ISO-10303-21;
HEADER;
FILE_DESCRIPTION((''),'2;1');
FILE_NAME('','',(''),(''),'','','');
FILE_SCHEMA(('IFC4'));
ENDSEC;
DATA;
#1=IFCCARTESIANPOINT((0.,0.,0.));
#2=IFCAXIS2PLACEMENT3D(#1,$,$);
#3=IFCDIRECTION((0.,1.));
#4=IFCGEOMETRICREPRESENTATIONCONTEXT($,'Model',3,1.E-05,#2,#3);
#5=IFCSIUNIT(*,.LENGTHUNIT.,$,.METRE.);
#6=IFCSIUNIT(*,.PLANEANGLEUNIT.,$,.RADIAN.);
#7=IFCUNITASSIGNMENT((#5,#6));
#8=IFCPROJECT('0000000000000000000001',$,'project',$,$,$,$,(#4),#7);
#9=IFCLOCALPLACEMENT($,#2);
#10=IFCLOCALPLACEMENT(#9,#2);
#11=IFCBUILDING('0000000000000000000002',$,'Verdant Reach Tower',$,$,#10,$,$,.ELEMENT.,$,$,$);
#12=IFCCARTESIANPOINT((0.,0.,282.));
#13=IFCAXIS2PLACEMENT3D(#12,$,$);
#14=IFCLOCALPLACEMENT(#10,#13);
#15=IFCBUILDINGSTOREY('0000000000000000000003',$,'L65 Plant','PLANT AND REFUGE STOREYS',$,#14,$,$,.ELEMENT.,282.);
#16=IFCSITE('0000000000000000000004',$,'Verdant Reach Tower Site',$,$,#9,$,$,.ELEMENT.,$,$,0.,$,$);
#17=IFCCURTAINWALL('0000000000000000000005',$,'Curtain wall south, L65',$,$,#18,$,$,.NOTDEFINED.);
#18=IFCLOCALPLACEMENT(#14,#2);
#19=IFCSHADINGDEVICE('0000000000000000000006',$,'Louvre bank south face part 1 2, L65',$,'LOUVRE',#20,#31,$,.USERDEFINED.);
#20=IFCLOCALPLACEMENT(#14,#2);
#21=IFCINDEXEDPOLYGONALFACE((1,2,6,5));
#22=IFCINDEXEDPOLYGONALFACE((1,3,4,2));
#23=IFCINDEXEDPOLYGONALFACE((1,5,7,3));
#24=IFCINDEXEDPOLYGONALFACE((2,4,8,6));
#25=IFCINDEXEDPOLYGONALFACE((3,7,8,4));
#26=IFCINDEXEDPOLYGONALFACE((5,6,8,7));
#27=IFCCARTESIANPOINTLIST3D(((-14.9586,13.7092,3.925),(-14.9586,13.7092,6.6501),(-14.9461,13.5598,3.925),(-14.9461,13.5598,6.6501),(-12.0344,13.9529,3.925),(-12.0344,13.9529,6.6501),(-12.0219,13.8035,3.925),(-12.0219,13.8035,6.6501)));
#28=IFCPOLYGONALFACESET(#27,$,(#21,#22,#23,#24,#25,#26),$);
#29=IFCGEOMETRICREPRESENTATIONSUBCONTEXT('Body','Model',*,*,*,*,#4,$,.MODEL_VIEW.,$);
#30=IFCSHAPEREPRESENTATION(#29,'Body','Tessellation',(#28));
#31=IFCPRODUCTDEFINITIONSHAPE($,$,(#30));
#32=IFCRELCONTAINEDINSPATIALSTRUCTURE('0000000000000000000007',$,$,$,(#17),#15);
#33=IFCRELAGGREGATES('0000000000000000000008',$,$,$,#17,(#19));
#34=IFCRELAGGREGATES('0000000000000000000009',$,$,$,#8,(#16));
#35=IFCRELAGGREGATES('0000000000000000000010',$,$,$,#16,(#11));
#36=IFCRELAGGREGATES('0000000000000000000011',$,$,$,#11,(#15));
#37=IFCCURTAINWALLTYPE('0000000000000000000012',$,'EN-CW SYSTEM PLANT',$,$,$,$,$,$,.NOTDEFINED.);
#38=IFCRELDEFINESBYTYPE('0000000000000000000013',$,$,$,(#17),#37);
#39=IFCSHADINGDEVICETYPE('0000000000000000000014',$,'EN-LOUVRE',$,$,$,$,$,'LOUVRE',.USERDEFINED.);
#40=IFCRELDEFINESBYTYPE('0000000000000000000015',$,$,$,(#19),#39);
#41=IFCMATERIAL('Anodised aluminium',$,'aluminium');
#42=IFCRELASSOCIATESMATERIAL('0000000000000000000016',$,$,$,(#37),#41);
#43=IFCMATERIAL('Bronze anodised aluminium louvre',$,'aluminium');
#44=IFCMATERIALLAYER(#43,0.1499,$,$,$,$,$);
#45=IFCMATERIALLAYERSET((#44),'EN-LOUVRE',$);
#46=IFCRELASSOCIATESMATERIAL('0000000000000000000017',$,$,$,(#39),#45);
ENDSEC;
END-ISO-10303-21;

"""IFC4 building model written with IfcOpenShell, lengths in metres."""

from ifc_helpers import new_model, si_unit, direction, frame, origin, origin_2d, place, context, subcontext, project, spatial, rectangle, extrude, material, layer, layer_set, type_object, element, aggregate, save


model = new_model("IFC4")

# Units and contexts
model_context = context("Model", 3, precision=1e-05, world=origin(), true_north=direction((0.0, 1.0)))
body_context = subcontext(model_context, "Body", "Model", "MODEL_VIEW")
ifc_project = project(units=[si_unit("LENGTHUNIT", "METRE"), si_unit("PLANEANGLEUNIT", "RADIAN")], contexts=[model_context])

# Site, building, storey
site_placement = place(None, origin())
site = spatial("IfcSite", under=ifc_project, at=site_placement, Name="Verdant Reach Tower Site", CompositionType="ELEMENT", RefElevation=0.0)
building_placement = place(site_placement, origin())
building = spatial("IfcBuilding", under=site, at=building_placement, Name="Verdant Reach Tower", CompositionType="ELEMENT")
storey_placement = place(building_placement, frame((0.0, 0.0, 282.0)))
storey = spatial("IfcBuildingStorey", under=building, at=storey_placement, Name="L65 Plant", Description="PLANT AND REFUGE STOREYS", CompositionType="ELEMENT", Elevation=282.0)

# Curtain wall
ifc_material_1 = material(Name="Anodised aluminium", Category="aluminium")
curtain_wall_type = type_object("IfcCurtainWallType", Name="EN-CW SYSTEM PLANT", PredefinedType="NOTDEFINED", material=ifc_material_1)
curtain_wall_1_placement = place(storey_placement, origin())
curtain_wall_1 = element("IfcCurtainWall", 1, at=curtain_wall_1_placement, inside=storey, type_object=curtain_wall_type, Name="Curtain wall south, L65", PredefinedType="NOTDEFINED")

# Shading device
ifc_material_2 = material(Name="Bronze anodised aluminium louvre", Category="aluminium")
ifc_layer_1 = layer(ifc_material_2, 0.1499)
ifc_layer_set_1 = layer_set([ifc_layer_1], Name="EN-LOUVRE")
shading_device_type = type_object("IfcShadingDeviceType", Name="EN-LOUVRE", ElementType="LOUVRE", PredefinedType="USERDEFINED", material=ifc_layer_set_1)
shading_device_1_placement = place(storey_placement, frame((-13.4902, 13.7563, 3.925), z_axis=(0.0, 0.0, 1.0), x_axis=(0.996546, 0.083045, 0.0)))
shading_device_1 = element("IfcShadingDevice", 2, at=shading_device_1_placement, type_object=shading_device_type, Name="Louvre bank south face part 1 2, L65", ObjectType="LOUVRE", PredefinedType="USERDEFINED", context=body_context, shape_type="SweptSolid", body=[
    extrude(rectangle(XDim=2.9343, YDim=0.1499, at=origin_2d()), origin(), (0.0, 0.0, 1.0), 2.7251),
])
aggregate(curtain_wall_1, [shading_device_1])

save(model, "model.ifc")
